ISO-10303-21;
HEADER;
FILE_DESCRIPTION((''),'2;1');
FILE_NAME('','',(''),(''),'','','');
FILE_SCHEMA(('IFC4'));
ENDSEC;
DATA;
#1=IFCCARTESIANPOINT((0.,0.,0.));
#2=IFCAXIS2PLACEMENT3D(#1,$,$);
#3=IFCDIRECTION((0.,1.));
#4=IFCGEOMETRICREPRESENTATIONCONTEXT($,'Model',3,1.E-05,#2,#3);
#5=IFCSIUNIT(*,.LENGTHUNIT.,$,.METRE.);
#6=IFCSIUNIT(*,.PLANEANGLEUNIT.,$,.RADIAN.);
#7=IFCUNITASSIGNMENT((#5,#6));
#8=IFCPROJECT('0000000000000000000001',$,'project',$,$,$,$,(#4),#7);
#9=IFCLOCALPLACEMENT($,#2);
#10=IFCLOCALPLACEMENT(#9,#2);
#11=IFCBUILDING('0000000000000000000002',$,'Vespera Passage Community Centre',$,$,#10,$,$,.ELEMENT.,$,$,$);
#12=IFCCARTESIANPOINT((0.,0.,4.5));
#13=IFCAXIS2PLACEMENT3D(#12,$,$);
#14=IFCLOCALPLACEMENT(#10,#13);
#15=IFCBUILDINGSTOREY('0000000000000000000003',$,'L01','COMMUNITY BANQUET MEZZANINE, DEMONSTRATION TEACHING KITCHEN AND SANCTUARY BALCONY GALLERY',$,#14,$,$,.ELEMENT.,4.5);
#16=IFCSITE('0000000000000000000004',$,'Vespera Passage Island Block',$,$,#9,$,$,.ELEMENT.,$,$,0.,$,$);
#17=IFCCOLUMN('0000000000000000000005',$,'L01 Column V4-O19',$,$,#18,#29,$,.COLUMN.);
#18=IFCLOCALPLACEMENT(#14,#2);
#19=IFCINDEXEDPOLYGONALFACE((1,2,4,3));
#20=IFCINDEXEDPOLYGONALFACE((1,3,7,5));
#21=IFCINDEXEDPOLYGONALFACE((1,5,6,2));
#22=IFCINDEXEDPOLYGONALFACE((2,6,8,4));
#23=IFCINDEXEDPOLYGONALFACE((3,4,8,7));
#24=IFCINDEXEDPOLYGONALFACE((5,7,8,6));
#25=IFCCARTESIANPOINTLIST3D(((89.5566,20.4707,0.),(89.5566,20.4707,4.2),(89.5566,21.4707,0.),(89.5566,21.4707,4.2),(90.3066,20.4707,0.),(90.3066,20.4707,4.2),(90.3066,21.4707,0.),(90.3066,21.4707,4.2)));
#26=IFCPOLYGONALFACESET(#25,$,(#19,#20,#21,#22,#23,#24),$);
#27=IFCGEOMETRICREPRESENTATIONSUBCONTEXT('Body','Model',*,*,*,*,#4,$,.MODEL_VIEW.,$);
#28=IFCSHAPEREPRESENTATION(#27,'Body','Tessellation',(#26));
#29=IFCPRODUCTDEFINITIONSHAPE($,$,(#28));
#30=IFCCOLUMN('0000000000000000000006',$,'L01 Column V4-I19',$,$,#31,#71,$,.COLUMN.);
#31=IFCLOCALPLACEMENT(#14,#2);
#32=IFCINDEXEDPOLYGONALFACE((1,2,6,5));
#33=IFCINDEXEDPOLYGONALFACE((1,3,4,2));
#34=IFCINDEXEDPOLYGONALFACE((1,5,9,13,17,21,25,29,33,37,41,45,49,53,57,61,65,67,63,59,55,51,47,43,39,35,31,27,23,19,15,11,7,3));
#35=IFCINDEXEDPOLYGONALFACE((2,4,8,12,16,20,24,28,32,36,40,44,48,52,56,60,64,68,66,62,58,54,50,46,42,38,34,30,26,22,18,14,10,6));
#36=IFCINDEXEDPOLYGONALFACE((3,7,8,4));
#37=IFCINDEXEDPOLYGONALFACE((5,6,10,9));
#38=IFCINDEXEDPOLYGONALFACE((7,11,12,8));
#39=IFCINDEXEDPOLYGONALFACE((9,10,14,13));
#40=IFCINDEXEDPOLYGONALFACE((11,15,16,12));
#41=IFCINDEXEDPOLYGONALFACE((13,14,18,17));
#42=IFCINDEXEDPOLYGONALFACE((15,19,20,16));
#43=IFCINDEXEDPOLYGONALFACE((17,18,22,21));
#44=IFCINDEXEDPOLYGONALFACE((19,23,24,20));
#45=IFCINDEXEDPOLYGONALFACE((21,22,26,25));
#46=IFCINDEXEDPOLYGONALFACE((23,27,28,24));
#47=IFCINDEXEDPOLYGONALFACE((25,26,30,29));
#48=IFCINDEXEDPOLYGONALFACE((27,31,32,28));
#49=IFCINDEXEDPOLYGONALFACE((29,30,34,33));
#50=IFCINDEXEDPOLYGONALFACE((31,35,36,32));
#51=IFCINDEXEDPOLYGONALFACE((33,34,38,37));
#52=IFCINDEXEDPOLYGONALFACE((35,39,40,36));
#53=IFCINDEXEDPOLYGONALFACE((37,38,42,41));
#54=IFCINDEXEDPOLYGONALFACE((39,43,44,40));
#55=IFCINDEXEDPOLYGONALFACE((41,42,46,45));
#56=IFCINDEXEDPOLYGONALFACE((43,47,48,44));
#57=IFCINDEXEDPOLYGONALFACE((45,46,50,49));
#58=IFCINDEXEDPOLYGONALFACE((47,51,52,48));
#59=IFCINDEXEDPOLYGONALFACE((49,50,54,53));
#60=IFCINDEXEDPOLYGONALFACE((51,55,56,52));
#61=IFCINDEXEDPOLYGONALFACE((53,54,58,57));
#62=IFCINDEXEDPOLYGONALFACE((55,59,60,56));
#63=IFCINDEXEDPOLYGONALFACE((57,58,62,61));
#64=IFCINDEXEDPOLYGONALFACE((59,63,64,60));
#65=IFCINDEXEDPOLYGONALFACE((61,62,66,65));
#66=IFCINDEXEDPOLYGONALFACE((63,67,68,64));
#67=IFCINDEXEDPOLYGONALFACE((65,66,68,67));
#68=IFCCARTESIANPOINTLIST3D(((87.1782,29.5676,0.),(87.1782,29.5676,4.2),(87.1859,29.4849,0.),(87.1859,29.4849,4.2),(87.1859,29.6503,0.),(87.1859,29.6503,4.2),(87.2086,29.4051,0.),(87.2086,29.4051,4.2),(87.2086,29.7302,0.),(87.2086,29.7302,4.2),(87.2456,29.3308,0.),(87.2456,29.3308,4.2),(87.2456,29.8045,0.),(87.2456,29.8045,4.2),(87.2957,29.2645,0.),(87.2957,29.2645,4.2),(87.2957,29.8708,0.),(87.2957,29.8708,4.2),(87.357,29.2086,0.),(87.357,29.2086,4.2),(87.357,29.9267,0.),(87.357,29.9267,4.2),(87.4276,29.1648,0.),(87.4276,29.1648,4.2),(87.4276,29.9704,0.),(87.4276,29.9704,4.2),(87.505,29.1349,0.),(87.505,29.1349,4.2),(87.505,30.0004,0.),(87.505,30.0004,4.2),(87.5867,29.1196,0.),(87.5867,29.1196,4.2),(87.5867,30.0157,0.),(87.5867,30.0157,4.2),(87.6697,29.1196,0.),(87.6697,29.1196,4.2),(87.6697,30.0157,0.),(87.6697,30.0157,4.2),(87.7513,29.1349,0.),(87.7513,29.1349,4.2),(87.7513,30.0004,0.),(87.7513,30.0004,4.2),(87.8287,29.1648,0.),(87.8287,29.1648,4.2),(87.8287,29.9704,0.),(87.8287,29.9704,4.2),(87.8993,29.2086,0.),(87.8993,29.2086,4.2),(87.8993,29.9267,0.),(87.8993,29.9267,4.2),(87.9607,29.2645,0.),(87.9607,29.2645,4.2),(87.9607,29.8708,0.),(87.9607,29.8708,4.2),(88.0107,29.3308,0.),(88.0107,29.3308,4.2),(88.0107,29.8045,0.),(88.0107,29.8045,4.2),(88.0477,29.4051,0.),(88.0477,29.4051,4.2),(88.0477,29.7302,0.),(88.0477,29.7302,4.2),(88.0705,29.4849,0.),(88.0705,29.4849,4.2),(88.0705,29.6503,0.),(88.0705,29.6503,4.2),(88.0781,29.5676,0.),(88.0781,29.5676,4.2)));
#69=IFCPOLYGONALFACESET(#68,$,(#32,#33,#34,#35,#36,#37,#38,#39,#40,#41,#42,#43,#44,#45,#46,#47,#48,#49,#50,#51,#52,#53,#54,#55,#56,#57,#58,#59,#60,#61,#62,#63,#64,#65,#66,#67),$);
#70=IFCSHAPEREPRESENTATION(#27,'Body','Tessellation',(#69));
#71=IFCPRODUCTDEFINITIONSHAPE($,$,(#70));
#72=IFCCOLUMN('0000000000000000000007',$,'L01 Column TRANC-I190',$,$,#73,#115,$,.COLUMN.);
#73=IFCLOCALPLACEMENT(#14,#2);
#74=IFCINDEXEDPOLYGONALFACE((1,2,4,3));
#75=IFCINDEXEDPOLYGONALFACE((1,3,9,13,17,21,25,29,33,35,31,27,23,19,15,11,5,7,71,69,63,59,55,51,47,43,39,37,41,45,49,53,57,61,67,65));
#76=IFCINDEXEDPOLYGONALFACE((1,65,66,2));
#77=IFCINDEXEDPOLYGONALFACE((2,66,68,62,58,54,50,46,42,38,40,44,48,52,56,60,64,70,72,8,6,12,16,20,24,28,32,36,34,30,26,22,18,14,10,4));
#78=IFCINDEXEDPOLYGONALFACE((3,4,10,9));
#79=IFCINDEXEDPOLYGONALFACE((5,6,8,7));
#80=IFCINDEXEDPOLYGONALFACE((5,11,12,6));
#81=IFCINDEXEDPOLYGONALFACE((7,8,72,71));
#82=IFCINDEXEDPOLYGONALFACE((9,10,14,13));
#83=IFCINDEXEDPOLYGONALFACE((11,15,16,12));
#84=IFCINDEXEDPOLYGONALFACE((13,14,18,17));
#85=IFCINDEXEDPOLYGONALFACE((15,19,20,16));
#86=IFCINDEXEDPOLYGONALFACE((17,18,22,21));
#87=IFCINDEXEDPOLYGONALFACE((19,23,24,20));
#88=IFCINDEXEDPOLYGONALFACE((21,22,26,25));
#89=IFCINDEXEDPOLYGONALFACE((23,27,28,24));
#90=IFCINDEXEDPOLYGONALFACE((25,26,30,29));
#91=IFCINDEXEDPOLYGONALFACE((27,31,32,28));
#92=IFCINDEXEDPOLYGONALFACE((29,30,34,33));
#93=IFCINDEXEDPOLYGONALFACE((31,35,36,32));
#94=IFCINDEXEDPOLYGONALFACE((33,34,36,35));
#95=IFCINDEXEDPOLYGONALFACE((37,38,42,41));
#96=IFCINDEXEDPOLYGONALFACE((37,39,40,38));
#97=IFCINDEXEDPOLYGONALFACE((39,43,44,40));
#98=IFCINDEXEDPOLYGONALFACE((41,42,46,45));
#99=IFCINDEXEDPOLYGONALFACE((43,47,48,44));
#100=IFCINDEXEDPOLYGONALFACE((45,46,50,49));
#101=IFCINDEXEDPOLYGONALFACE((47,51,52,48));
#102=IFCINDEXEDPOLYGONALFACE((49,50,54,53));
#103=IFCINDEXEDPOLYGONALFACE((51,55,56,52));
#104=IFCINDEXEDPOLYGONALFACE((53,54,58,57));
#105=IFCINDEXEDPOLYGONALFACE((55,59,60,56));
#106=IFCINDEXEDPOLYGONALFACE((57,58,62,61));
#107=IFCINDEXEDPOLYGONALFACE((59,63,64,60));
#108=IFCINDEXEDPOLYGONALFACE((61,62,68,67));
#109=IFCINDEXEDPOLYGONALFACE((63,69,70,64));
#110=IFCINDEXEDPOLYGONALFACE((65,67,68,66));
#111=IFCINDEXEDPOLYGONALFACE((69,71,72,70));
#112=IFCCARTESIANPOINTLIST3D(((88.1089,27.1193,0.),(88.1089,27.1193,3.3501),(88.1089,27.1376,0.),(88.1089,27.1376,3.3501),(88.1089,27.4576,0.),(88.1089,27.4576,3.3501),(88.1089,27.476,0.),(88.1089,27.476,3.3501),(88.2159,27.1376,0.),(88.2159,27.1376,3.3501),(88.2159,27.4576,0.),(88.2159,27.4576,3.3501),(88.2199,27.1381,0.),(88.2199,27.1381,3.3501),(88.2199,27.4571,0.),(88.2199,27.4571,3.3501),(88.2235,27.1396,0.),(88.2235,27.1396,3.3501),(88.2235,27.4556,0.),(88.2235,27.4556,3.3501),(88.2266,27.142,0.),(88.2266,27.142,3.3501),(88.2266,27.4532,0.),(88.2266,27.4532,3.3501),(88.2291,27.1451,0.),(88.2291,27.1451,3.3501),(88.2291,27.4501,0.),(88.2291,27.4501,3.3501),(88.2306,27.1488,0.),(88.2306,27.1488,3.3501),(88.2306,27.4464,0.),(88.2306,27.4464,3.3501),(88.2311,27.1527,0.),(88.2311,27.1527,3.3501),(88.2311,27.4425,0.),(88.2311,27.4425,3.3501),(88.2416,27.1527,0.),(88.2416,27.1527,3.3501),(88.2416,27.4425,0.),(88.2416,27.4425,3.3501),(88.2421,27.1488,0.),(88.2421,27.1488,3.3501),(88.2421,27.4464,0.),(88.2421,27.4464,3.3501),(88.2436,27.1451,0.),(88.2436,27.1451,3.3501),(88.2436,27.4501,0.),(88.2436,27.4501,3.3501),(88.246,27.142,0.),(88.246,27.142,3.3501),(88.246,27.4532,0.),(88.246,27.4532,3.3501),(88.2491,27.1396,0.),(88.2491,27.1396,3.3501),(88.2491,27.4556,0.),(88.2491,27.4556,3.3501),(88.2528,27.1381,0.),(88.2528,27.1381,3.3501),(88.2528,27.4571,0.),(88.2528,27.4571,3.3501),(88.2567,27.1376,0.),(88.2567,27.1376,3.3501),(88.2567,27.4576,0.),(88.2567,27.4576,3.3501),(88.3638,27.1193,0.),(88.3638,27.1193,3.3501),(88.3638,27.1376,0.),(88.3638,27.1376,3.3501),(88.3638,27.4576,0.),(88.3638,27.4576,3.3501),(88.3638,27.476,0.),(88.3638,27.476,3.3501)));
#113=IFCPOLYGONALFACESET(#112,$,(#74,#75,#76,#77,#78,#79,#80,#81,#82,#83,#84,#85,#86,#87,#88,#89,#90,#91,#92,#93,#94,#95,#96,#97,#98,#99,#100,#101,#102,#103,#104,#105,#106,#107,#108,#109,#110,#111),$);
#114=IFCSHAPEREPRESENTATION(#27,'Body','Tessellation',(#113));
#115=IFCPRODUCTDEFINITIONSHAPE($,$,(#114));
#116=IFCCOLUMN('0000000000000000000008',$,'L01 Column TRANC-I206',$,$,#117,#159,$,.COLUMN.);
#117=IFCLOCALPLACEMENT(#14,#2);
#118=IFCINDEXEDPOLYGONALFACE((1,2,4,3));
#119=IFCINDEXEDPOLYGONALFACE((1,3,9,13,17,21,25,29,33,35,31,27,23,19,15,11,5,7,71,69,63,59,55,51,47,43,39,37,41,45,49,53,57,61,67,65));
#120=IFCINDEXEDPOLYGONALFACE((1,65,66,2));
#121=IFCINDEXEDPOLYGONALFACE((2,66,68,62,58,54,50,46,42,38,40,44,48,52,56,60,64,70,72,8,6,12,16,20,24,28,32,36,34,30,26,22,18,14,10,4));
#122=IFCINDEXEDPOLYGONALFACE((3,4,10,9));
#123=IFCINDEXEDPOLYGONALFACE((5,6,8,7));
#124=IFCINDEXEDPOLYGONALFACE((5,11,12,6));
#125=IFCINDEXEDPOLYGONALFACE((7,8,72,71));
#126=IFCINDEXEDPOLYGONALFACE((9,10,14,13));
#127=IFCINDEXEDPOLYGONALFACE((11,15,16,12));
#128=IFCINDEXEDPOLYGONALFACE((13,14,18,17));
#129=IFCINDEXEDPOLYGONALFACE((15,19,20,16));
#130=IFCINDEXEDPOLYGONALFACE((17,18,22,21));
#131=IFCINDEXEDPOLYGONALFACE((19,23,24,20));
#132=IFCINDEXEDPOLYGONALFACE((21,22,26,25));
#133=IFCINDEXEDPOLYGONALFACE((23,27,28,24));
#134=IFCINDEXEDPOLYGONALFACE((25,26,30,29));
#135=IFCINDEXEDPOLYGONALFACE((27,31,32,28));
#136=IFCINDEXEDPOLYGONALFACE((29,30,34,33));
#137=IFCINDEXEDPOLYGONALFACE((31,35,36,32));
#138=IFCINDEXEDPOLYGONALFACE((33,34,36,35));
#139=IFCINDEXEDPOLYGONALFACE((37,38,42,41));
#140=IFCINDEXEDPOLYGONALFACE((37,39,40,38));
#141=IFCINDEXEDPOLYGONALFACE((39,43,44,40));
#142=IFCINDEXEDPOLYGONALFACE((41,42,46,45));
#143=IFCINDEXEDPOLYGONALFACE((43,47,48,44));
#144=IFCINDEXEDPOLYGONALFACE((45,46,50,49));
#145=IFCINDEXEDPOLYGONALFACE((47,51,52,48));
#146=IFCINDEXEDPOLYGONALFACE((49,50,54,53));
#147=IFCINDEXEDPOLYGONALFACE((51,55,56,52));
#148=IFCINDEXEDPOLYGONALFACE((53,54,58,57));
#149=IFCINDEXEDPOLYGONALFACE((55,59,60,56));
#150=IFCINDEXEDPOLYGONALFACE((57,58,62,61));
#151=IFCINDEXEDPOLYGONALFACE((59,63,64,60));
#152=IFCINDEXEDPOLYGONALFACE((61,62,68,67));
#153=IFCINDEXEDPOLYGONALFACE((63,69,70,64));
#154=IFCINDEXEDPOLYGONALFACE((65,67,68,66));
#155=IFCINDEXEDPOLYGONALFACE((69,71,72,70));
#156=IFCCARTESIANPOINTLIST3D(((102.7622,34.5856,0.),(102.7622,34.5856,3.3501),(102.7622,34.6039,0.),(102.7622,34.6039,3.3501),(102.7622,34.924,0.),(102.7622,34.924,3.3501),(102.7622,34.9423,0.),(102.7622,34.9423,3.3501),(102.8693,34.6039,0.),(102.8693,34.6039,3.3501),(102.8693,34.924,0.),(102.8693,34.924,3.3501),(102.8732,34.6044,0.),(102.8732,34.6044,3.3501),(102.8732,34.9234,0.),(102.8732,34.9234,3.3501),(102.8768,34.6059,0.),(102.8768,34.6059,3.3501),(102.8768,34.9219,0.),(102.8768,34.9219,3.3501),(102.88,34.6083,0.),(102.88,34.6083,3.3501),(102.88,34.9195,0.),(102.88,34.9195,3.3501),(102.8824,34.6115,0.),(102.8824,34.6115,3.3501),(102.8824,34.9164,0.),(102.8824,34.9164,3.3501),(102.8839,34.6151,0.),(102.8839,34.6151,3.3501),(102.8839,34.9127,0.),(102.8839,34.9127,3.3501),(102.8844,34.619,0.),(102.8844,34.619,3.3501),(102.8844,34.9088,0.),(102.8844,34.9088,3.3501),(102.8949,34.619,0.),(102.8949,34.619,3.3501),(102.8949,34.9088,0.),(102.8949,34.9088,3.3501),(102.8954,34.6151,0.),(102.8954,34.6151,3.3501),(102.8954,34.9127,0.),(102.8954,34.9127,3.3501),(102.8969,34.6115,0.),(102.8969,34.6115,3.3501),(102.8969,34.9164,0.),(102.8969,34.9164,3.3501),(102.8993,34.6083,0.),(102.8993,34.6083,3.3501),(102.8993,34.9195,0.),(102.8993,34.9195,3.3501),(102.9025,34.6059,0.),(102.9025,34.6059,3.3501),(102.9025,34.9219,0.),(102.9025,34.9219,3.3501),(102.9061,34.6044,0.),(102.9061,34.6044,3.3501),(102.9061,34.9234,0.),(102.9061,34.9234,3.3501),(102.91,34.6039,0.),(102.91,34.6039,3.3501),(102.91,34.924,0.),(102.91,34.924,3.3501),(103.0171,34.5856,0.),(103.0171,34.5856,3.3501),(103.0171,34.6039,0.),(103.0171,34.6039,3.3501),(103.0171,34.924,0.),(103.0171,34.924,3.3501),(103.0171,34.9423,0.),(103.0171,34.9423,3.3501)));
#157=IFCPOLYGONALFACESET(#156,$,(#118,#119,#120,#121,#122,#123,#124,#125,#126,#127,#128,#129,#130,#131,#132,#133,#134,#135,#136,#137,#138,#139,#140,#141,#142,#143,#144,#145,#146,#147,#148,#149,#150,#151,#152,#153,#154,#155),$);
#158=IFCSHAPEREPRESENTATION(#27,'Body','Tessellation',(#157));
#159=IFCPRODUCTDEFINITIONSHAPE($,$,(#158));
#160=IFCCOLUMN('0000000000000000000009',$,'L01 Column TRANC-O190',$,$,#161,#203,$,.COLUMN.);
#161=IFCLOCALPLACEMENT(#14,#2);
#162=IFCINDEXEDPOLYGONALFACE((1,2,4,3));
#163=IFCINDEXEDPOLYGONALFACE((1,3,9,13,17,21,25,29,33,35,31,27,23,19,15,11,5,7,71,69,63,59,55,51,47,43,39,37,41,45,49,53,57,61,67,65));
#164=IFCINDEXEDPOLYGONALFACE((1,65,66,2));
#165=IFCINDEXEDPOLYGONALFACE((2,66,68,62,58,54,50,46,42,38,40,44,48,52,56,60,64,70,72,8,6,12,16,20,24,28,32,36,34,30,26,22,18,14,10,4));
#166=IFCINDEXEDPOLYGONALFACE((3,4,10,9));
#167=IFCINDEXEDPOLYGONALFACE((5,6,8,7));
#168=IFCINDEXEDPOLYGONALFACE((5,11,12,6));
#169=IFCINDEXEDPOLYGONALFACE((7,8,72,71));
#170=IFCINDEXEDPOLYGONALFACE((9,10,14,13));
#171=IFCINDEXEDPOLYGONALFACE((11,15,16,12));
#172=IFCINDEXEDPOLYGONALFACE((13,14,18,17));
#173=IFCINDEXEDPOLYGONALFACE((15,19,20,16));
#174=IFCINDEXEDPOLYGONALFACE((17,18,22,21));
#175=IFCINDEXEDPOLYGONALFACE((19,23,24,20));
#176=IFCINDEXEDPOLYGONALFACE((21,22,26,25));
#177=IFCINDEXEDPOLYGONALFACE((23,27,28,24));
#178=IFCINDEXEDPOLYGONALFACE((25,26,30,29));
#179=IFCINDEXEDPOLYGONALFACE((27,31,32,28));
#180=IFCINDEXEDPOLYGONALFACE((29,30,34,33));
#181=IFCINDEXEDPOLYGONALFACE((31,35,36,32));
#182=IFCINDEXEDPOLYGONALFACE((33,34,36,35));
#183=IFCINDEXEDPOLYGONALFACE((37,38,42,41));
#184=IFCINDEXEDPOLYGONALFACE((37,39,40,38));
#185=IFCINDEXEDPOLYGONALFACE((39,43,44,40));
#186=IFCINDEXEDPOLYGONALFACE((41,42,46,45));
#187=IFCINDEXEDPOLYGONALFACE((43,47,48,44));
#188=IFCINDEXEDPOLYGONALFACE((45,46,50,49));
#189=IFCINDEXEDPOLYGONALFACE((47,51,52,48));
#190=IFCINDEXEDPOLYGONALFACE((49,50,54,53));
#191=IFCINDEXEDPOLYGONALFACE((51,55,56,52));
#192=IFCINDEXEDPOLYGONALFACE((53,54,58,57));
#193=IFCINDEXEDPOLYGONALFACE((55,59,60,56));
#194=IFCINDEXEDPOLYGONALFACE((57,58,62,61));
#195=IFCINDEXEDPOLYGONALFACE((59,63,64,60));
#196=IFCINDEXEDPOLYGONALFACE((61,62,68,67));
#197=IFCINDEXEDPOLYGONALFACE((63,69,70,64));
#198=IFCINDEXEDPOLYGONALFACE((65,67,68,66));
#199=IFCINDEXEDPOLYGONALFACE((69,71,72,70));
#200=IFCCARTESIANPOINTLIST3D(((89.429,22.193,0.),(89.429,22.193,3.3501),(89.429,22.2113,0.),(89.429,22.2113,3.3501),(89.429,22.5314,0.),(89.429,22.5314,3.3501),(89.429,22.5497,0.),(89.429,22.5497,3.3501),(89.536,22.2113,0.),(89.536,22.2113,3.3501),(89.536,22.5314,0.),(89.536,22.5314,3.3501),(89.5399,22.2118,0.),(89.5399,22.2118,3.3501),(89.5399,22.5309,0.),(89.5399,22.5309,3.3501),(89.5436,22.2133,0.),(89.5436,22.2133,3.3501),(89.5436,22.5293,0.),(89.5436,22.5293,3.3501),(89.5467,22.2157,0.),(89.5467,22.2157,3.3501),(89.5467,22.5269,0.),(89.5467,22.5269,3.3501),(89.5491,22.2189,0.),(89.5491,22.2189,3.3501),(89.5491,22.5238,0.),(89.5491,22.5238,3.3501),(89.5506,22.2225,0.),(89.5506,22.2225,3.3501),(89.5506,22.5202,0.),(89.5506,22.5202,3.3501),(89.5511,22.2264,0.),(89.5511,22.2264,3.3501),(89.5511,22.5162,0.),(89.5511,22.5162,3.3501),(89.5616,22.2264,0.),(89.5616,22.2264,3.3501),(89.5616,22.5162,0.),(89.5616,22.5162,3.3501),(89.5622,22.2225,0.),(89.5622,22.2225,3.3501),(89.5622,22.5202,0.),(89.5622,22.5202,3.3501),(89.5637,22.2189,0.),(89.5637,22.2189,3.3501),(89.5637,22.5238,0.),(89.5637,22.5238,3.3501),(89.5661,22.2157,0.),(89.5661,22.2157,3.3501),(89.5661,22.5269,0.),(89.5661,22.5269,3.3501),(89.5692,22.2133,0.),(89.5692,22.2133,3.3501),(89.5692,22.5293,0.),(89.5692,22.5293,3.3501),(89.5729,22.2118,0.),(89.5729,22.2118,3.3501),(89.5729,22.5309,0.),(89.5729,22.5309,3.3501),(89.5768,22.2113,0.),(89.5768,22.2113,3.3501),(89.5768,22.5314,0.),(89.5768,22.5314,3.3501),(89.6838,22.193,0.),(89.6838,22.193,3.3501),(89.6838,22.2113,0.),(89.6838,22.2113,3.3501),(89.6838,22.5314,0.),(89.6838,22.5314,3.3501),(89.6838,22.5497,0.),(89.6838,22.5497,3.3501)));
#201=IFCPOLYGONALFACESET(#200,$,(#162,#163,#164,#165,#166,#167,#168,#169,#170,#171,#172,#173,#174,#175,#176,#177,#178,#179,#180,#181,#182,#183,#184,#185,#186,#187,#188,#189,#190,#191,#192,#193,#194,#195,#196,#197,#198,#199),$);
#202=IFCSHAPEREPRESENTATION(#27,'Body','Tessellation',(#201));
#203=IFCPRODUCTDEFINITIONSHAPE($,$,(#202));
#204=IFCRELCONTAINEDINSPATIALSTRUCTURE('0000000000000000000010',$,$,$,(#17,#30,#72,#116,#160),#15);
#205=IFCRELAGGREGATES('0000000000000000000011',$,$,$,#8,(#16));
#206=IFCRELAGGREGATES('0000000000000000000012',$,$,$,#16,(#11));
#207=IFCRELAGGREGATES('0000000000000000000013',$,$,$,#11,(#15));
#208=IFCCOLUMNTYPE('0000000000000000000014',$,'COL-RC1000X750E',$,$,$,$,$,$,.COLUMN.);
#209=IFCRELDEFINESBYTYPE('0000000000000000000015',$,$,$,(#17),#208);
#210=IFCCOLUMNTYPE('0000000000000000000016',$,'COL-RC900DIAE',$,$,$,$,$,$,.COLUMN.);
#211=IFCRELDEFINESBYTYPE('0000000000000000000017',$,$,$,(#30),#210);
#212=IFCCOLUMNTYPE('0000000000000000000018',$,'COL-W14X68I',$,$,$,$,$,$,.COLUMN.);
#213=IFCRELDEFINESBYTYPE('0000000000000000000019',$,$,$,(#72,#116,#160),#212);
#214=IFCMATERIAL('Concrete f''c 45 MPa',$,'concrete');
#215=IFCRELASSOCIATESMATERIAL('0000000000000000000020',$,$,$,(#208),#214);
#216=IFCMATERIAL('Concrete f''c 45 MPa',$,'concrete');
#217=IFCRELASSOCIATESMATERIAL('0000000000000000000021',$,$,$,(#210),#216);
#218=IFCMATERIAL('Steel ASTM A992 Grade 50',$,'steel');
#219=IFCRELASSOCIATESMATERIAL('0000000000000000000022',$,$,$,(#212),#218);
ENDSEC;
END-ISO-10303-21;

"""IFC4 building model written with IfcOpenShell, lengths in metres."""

from ifc_helpers import new_model, si_unit, direction, frame, origin, origin_2d, place, context, subcontext, project, spatial, rectangle, circle, i_section, extrude, material, material_profile, profile_set, type_object, element, save


model = new_model("IFC4")

# Units and contexts
model_context = context("Model", 3, precision=1e-05, world=origin(), true_north=direction((0.0, 1.0)))
body_context = subcontext(model_context, "Body", "Model", "MODEL_VIEW")
ifc_project = project(units=[si_unit("LENGTHUNIT", "METRE"), si_unit("PLANEANGLEUNIT", "RADIAN")], contexts=[model_context])

# Site, building, storey
site_placement = place(None, origin())
site = spatial("IfcSite", under=ifc_project, at=site_placement, Name="Vespera Passage Island Block", CompositionType="ELEMENT", RefElevation=0.0)
building_placement = place(site_placement, origin())
building = spatial("IfcBuilding", under=site, at=building_placement, Name="Vespera Passage Community Centre", CompositionType="ELEMENT")
storey_placement = place(building_placement, frame((0.0, 0.0, 4.5)))
storey = spatial("IfcBuildingStorey", under=building, at=storey_placement, Name="L01", Description="COMMUNITY BANQUET MEZZANINE, DEMONSTRATION TEACHING KITCHEN AND SANCTUARY BALCONY GALLERY", CompositionType="ELEMENT", Elevation=4.5)

# Columns
ifc_material_1 = material(Name="Concrete f'c 45 MPa", Category="concrete")
ifc_material_profile_1 = material_profile(ifc_material_1, rectangle(XDim=0.75, YDim=1.0, at=origin_2d()), Name="RC1000X750")
ifc_profile_set_1 = profile_set([ifc_material_profile_1], Name="Concrete f'c 45 MPa")
column_type_1 = type_object("IfcColumnType", Name="COL-RC1000X750E", PredefinedType="COLUMN", material=ifc_profile_set_1)
column_1_placement = place(storey_placement, frame((89.9316, 20.9707, 0.0), z_axis=(0.0, 0.0, 1.0), x_axis=(1.0, 0.0, 0.0)))
element("IfcColumn", 1, at=column_1_placement, inside=storey, type_object=column_type_1, Name="L01 Column V4-O19", PredefinedType="COLUMN", context=body_context, shape_type="SweptSolid", body=[
    extrude(rectangle(XDim=0.75, YDim=1.0, at=origin_2d()), origin(), (0.0, 0.0, 1.0), 4.2),
])
ifc_material_2 = material(Name="Concrete f'c 45 MPa", Category="concrete")
ifc_material_profile_2 = material_profile(ifc_material_2, circle(Radius=0.45, at=origin_2d()), Name="RC900DIA")
ifc_profile_set_2 = profile_set([ifc_material_profile_2], Name="Concrete f'c 45 MPa")
column_type_2 = type_object("IfcColumnType", Name="COL-RC900DIAE", PredefinedType="COLUMN", material=ifc_profile_set_2)
column_2_placement = place(storey_placement, frame((87.6282, 29.5676, 0.0), z_axis=(0.0, 0.0, 1.0), x_axis=(1.0, 0.0, 0.0)))
element("IfcColumn", 2, at=column_2_placement, inside=storey, type_object=column_type_2, Name="L01 Column V4-I19", PredefinedType="COLUMN", context=body_context, shape_type="SweptSolid", body=[
    extrude(circle(Radius=0.45, at=origin_2d()), origin(), (0.0, 0.0, 1.0), 4.2),
])
ifc_material_3 = material(Name="Steel ASTM A992 Grade 50", Category="steel")
ifc_material_profile_3 = material_profile(ifc_material_3, i_section(OverallWidth=0.2549, OverallDepth=0.3567, WebThickness=0.0105, FlangeThickness=0.0183, FilletRadius=0.0151, at=origin_2d()), Name="W14X68")
ifc_profile_set_3 = profile_set([ifc_material_profile_3], Name="Steel ASTM A992 Grade 50")
column_type_3 = type_object("IfcColumnType", Name="COL-W14X68I", PredefinedType="COLUMN", material=ifc_profile_set_3)
for number, where, z_axis, x_axis, name in (
    (3, (88.2363, 27.2976, 0.0), (0.0, 0.0, 1.0), (1.0, 0.0, 0.0), "L01 Column TRANC-I190"),
    (4, (102.8896, 34.7639, 0.0), (0.0, 0.0, 1.0), (1.0, 0.0, 0.0), "L01 Column TRANC-I206"),
    (5, (89.5564, 22.3713, 0.0), (0.0, 0.0, 1.0), (1.0, 0.0, 0.0), "L01 Column TRANC-O190"),
):
    element("IfcColumn", number, at=place(storey_placement, frame(where, z_axis=z_axis, x_axis=x_axis)), inside=storey, type_object=column_type_3, Name=name, PredefinedType="COLUMN", context=body_context, shape_type="SweptSolid", body=[
        extrude(i_section(OverallWidth=0.2549, OverallDepth=0.3567, WebThickness=0.0105, FlangeThickness=0.0183, FilletRadius=0.0151, at=origin_2d()), origin(), (0.0, 0.0, 1.0), 3.3501),
    ])

save(model, "model.ifc")
